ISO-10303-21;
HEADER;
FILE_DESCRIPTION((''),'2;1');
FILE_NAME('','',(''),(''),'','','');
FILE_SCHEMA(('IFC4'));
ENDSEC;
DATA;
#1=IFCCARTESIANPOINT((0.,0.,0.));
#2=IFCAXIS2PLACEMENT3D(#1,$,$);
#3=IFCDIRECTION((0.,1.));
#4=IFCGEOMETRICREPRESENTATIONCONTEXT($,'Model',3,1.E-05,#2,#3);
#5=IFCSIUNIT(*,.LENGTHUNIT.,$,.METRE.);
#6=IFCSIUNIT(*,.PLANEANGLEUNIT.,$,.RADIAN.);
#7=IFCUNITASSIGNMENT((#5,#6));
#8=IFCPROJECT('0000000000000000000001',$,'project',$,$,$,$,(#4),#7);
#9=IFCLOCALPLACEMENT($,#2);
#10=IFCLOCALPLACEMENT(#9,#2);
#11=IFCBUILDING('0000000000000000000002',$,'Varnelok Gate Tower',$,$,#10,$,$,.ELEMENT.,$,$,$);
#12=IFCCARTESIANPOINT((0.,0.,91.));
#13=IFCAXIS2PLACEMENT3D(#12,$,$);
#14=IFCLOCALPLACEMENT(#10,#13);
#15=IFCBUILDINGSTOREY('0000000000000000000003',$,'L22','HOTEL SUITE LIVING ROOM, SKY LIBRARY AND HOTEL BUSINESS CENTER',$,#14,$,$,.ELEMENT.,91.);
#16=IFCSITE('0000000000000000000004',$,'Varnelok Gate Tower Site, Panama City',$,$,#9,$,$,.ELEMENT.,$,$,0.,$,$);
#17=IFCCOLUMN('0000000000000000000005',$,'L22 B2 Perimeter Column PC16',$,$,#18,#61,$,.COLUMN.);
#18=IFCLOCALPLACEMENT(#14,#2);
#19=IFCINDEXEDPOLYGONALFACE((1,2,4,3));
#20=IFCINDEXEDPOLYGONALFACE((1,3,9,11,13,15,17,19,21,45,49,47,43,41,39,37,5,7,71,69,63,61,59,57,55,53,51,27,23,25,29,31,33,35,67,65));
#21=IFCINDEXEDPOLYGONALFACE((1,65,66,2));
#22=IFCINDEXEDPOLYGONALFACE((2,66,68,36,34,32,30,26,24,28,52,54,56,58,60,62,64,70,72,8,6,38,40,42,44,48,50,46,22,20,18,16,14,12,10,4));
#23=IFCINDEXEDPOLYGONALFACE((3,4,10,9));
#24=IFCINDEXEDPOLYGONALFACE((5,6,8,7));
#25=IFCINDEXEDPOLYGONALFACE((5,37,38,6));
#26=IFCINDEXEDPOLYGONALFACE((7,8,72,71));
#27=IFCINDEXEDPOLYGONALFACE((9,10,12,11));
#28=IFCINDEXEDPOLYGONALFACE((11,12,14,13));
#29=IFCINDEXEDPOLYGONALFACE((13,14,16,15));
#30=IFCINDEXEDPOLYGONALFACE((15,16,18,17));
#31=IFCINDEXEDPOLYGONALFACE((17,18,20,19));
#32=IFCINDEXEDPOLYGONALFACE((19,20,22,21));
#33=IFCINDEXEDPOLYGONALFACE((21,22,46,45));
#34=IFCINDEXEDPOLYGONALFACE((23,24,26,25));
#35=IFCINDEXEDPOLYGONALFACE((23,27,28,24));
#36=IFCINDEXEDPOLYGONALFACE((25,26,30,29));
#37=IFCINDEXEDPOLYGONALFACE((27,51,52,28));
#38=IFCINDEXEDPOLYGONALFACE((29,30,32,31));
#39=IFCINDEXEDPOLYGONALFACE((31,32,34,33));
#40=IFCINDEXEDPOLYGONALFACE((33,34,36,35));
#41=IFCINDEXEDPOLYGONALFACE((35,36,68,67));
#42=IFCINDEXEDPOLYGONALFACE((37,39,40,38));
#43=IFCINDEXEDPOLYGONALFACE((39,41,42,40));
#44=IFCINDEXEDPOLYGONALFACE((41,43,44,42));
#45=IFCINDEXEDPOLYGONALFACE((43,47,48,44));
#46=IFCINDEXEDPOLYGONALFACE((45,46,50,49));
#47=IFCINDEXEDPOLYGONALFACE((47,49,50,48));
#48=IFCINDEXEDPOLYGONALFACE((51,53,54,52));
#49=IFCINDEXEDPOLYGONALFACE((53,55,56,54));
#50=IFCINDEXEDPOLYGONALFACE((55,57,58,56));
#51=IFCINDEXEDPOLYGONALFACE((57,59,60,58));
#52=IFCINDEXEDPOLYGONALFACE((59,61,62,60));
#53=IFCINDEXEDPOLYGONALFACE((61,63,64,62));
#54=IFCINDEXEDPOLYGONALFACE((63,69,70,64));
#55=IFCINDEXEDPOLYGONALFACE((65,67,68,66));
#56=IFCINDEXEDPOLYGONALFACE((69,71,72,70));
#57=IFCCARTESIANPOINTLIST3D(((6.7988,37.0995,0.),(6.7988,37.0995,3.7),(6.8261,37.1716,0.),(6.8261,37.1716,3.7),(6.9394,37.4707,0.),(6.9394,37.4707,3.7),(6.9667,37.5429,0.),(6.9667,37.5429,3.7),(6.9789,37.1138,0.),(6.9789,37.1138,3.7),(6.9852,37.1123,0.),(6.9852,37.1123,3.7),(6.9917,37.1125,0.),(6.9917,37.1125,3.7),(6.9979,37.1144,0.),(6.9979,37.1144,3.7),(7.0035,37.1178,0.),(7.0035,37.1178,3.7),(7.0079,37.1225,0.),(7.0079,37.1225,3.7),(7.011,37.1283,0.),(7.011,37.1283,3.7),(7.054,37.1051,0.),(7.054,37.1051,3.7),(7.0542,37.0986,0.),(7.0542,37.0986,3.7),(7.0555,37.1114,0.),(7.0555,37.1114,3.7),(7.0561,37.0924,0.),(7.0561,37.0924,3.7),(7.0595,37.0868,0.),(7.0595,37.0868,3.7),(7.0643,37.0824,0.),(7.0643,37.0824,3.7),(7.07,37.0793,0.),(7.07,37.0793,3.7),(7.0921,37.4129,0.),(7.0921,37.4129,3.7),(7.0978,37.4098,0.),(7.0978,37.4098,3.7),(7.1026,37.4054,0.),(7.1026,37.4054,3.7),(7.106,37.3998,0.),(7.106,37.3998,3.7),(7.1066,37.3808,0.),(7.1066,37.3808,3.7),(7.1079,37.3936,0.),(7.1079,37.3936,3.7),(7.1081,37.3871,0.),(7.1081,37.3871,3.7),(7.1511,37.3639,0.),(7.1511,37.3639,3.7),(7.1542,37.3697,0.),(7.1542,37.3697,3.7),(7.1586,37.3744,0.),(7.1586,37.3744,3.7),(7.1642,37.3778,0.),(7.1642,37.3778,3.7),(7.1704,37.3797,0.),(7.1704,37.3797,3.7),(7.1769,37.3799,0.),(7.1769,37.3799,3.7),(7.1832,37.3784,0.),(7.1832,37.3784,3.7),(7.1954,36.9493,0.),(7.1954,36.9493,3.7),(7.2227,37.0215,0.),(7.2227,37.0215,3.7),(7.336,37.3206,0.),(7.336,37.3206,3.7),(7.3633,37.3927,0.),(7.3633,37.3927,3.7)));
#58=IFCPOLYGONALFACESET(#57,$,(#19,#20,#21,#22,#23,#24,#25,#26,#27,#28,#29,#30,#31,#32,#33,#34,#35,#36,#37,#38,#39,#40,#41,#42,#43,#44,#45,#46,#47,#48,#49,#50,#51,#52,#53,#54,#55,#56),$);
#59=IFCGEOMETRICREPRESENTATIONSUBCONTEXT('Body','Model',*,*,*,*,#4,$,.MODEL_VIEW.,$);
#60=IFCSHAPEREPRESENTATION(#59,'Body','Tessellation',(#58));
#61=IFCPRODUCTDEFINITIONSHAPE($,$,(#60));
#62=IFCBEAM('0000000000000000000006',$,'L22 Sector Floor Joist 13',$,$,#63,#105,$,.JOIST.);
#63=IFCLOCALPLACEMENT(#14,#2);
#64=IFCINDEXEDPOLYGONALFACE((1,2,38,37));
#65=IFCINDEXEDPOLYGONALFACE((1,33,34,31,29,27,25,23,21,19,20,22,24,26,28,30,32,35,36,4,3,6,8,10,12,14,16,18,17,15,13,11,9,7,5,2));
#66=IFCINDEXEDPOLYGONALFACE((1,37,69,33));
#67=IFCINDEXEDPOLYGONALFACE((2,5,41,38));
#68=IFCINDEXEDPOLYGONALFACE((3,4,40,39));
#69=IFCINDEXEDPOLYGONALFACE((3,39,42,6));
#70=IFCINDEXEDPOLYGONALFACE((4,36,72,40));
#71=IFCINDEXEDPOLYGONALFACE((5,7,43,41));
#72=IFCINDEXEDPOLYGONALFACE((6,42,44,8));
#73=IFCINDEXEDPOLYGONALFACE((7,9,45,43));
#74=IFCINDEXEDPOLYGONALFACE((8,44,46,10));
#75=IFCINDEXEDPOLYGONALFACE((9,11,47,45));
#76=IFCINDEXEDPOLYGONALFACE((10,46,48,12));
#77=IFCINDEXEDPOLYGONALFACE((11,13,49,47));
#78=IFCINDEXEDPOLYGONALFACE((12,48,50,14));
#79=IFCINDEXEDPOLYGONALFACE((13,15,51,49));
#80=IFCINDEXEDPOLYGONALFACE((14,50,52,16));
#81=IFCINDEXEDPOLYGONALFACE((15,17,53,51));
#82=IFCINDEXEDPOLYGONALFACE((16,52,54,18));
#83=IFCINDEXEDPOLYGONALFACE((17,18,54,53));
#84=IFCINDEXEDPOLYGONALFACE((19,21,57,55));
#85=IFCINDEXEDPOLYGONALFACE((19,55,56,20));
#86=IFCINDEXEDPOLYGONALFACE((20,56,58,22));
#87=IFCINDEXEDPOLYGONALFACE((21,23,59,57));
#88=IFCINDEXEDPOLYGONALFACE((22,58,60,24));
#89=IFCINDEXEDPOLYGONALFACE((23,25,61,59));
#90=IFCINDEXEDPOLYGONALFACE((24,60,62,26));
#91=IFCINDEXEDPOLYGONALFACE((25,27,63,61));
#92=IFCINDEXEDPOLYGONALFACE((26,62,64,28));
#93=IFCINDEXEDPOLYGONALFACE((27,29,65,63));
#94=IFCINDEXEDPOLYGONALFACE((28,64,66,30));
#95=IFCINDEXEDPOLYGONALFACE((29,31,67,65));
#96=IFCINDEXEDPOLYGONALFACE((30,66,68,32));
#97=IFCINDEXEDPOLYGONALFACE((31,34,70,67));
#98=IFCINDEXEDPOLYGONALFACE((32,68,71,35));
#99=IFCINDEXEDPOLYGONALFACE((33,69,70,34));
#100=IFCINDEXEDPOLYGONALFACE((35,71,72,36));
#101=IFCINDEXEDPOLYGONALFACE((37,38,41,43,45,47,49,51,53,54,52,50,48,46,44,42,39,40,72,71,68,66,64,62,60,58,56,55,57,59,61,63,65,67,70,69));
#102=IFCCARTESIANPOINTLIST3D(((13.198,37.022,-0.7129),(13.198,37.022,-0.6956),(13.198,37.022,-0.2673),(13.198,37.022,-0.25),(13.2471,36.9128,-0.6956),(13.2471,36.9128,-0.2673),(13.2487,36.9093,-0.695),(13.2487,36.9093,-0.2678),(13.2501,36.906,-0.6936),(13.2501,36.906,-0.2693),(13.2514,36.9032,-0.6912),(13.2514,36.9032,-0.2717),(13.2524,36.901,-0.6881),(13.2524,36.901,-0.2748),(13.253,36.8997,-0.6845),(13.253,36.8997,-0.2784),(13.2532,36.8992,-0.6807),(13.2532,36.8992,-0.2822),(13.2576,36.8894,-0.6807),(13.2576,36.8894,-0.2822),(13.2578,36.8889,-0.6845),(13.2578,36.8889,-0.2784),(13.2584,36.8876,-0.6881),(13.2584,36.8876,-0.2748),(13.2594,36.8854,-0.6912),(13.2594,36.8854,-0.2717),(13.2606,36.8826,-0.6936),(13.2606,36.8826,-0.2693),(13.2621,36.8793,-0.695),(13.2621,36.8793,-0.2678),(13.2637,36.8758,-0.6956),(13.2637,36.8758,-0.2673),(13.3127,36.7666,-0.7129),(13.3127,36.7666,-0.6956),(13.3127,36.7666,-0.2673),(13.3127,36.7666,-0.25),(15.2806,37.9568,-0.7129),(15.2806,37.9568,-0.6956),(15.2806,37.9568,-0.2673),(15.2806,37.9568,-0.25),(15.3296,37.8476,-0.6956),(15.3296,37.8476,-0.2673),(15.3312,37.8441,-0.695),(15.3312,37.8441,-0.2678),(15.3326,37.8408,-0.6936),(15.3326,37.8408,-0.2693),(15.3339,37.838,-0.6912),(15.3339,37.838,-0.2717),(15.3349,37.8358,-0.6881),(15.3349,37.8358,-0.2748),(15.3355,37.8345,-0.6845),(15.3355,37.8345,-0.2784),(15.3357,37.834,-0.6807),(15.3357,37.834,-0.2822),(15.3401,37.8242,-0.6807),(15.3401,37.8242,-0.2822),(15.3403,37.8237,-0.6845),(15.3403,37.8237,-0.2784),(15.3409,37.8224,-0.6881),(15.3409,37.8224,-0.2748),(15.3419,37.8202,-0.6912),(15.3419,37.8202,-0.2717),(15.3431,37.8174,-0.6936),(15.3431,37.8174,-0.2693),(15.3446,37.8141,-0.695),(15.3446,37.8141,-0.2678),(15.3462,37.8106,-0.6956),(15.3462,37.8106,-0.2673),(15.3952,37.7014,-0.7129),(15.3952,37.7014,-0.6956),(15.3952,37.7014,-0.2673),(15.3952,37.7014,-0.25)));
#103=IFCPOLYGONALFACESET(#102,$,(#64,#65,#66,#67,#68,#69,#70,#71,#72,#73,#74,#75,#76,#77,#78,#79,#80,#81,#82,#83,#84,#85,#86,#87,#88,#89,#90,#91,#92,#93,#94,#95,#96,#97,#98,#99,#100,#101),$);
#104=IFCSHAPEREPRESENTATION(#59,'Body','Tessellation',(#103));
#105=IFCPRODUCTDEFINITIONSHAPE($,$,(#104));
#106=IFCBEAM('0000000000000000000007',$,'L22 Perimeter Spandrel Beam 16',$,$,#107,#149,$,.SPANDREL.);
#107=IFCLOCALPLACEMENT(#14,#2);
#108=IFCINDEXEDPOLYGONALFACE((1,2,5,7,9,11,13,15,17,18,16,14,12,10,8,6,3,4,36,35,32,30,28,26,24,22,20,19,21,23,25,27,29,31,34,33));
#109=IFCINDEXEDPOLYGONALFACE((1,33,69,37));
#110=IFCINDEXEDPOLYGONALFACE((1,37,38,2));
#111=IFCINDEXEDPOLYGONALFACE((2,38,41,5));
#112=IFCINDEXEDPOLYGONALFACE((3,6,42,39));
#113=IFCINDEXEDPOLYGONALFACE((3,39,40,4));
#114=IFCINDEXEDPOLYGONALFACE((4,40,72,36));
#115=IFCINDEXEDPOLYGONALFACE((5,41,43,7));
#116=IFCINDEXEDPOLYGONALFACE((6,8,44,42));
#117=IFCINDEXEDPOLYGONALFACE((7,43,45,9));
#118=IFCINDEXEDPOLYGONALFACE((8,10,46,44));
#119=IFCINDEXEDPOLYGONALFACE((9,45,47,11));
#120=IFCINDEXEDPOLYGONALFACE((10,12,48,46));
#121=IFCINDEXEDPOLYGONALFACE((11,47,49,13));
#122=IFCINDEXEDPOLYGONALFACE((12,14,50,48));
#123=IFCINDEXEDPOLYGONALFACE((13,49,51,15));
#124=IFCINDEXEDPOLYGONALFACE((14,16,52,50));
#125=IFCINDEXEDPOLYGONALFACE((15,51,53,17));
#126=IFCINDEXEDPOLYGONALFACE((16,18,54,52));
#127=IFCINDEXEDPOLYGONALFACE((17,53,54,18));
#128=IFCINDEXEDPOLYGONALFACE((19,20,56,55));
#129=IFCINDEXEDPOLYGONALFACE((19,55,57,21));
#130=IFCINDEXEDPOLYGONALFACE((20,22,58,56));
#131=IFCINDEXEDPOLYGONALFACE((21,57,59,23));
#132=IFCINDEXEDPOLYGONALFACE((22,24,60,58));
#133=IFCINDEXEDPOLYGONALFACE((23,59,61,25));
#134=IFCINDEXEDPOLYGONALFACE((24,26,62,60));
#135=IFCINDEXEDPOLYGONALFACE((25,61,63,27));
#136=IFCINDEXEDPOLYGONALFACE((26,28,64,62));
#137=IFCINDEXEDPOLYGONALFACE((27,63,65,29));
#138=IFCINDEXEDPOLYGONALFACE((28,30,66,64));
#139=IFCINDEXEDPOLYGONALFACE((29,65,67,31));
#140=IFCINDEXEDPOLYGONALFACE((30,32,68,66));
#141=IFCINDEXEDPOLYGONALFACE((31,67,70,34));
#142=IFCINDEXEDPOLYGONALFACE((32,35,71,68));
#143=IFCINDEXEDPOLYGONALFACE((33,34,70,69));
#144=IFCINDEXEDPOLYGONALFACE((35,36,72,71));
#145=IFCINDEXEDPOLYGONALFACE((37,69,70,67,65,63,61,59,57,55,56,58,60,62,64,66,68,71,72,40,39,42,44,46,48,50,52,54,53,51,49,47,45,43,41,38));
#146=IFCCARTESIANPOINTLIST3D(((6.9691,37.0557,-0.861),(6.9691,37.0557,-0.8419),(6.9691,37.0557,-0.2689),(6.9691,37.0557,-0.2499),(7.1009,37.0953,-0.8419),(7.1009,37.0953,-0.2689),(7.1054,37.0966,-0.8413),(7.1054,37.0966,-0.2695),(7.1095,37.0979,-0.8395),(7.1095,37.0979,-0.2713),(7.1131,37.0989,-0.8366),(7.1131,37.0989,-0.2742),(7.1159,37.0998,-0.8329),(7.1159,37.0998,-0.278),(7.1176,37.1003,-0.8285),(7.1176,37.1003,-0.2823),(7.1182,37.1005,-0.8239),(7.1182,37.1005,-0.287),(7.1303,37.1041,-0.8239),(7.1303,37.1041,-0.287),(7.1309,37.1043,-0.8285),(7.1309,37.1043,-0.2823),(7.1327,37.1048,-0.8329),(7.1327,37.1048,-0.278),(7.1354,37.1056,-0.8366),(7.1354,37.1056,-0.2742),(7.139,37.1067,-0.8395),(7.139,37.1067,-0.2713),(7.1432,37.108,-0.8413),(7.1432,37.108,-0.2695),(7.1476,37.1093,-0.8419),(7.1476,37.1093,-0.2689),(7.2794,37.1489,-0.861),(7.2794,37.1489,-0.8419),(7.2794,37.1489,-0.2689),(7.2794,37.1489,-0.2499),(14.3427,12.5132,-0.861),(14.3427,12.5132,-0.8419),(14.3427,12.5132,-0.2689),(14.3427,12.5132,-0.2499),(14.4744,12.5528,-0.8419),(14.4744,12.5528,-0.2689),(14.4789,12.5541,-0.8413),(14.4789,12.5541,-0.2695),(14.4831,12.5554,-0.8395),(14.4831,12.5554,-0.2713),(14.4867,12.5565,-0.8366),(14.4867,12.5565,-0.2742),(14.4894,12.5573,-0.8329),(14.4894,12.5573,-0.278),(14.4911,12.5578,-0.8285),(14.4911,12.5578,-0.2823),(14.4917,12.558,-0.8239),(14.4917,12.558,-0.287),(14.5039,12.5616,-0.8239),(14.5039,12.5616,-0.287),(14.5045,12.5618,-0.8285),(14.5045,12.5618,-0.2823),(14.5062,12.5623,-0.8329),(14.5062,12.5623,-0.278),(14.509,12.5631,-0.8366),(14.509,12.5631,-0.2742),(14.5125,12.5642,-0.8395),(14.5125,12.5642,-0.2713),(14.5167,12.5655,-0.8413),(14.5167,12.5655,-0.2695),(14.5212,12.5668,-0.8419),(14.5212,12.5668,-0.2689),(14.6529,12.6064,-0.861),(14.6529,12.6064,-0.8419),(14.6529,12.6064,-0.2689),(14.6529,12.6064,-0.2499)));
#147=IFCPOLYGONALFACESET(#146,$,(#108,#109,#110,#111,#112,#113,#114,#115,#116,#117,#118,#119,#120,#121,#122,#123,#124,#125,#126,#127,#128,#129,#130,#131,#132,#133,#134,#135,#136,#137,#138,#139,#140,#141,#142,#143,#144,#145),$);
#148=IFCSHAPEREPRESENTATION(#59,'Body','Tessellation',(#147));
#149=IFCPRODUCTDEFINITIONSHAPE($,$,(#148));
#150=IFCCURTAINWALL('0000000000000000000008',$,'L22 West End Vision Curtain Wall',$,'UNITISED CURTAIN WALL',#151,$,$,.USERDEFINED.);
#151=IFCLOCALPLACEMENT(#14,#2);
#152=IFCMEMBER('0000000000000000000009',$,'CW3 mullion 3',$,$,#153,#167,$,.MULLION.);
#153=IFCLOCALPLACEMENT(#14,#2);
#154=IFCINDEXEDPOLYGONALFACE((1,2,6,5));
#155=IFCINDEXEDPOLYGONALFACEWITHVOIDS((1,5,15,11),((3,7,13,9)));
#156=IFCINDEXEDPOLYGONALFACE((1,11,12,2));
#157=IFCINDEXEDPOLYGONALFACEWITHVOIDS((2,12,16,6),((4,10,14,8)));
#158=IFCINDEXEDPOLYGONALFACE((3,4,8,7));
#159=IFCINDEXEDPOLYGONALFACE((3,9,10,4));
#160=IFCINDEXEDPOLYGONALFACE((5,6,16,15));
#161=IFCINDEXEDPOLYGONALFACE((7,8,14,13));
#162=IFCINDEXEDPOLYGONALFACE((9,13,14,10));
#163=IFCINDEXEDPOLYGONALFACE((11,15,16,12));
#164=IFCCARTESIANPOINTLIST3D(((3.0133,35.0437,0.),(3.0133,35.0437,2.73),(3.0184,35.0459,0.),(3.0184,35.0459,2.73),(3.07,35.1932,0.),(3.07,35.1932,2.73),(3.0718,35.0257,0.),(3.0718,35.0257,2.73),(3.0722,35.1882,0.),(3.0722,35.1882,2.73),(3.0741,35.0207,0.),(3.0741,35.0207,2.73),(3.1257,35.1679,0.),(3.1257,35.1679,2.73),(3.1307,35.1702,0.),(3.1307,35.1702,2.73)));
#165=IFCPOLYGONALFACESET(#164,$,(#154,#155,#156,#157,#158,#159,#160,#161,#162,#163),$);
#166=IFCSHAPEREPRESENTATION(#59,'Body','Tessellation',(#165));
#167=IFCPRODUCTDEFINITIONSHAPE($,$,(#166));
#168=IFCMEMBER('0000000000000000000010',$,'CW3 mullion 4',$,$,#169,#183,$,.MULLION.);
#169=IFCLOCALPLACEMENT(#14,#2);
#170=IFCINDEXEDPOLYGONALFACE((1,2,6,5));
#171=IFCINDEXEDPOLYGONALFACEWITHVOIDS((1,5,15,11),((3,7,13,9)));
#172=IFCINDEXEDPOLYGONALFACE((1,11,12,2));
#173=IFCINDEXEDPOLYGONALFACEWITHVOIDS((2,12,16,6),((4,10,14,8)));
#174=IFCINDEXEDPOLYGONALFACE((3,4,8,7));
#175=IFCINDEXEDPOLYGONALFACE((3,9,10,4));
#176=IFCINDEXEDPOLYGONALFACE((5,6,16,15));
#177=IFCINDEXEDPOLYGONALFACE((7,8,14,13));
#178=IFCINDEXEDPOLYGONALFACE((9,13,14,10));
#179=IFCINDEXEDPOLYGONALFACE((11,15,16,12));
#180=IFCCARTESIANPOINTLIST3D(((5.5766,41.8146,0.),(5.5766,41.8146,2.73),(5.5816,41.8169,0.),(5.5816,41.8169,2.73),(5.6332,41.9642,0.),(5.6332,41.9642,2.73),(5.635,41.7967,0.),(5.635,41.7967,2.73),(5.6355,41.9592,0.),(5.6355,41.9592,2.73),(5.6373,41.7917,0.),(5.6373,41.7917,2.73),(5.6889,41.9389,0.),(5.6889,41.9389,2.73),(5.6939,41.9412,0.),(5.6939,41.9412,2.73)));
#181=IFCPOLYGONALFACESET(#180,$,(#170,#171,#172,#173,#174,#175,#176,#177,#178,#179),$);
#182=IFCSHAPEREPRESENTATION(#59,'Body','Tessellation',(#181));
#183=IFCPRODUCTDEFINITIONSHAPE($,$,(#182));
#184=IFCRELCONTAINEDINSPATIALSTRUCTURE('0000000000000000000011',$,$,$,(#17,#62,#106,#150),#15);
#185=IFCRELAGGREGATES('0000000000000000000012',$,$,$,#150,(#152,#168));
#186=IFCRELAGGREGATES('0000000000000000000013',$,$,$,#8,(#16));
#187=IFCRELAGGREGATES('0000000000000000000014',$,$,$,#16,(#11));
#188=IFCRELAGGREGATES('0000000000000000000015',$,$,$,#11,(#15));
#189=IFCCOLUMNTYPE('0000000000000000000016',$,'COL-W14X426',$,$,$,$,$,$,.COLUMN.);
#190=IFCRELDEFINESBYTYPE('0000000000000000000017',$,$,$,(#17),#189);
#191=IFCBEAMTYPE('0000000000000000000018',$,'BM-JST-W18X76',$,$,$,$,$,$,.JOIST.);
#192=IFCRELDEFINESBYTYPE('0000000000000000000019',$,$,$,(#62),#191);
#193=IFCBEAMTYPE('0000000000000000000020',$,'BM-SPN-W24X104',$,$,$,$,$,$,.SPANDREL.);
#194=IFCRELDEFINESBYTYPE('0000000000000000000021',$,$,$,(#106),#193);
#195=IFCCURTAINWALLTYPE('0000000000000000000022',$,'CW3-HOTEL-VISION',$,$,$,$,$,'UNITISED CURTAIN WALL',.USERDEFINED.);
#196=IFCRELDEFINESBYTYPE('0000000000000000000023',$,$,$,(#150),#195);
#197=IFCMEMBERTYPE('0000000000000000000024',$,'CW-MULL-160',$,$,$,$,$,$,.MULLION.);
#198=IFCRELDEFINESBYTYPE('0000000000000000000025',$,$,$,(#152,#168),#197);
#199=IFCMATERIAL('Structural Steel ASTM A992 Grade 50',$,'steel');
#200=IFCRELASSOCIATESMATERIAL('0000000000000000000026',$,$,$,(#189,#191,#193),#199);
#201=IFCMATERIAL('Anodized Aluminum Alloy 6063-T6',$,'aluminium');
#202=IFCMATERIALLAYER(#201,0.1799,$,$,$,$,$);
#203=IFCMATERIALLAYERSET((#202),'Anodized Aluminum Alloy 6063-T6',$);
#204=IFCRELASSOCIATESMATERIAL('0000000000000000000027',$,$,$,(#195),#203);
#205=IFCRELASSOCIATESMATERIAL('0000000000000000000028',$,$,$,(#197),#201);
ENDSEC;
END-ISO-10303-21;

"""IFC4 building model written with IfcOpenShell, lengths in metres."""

from ifc_helpers import new_model, si_unit, direction, frame, origin, origin_2d, place, context, subcontext, project, spatial, hollow_rectangle, i_section, extrude, material, layer, layer_set, material_profile, profile_set, type_object, element, aggregate, save


model = new_model("IFC4")

# Units and contexts
model_context = context("Model", 3, precision=1e-05, world=origin(), true_north=direction((0.0, 1.0)))
body_context = subcontext(model_context, "Body", "Model", "MODEL_VIEW")
ifc_project = project(units=[si_unit("LENGTHUNIT", "METRE"), si_unit("PLANEANGLEUNIT", "RADIAN")], contexts=[model_context])

# Site, building, storey
site_placement = place(None, origin())
site = spatial("IfcSite", under=ifc_project, at=site_placement, Name="Varnelok Gate Tower Site, Panama City", CompositionType="ELEMENT", RefElevation=0.0)
building_placement = place(site_placement, origin())
building = spatial("IfcBuilding", under=site, at=building_placement, Name="Varnelok Gate Tower", CompositionType="ELEMENT")
storey_placement = place(building_placement, frame((0.0, 0.0, 91.0)))
storey = spatial("IfcBuildingStorey", under=building, at=storey_placement, Name="L22", Description="HOTEL SUITE LIVING ROOM, SKY LIBRARY AND HOTEL BUSINESS CENTER", CompositionType="ELEMENT", Elevation=91.0)

# Column
ifc_material_1 = material(Name="Structural Steel ASTM A992 Grade 50", Category="steel")
ifc_material_profile_1 = material_profile(ifc_material_1, i_section(OverallWidth=0.4241, OverallDepth=0.4741, WebThickness=0.0476, FlangeThickness=0.0771, FilletRadius=0.0249, at=origin_2d()), Name="W14X426")
ifc_profile_set_1 = profile_set([ifc_material_profile_1], Name="Structural Steel ASTM A992 Grade 50")
column_type = type_object("IfcColumnType", Name="COL-W14X426", PredefinedType="COLUMN", material=ifc_profile_set_1)
column_placement = place(storey_placement, frame((7.0811, 37.2461, 0.0), z_axis=(0.0, 0.0, 1.0), x_axis=(0.935222, -0.354063, 0.0)))
element("IfcColumn", 1, at=column_placement, inside=storey, type_object=column_type, Name="L22 B2 Perimeter Column PC16", PredefinedType="COLUMN", context=body_context, shape_type="SweptSolid", body=[
    extrude(i_section(OverallWidth=0.4241, OverallDepth=0.4741, WebThickness=0.0476, FlangeThickness=0.0771, FilletRadius=0.0249, at=origin_2d()), origin(), (0.0, 0.0, 1.0), 3.7),
])

# Beams
ifc_material_profile_2 = material_profile(ifc_material_1, i_section(OverallWidth=0.28, OverallDepth=0.4629, WebThickness=0.0107, FlangeThickness=0.0173, FilletRadius=0.0149, at=origin_2d()), Name="W18X76")
ifc_profile_set_2 = profile_set([ifc_material_profile_2], Name="Structural Steel ASTM A992 Grade 50")
beam_type_1 = type_object("IfcBeamType", Name="BM-JST-W18X76", PredefinedType="JOIST", material=ifc_profile_set_2)
beam_1_placement = place(storey_placement, frame((13.2554, 36.8943, -0.4814), z_axis=(0.912301, 0.40952, 0.0), x_axis=(-0.40952, 0.912301, 0.0)))
element("IfcBeam", 2, at=beam_1_placement, inside=storey, type_object=beam_type_1, Name="L22 Sector Floor Joist 13", PredefinedType="JOIST", context=body_context, shape_type="SweptSolid", body=[
    extrude(i_section(OverallWidth=0.28, OverallDepth=0.4629, WebThickness=0.0107, FlangeThickness=0.0173, FilletRadius=0.0149, at=origin_2d()), origin(), (0.0, 0.0, 1.0), 2.2827),
])
ifc_material_profile_3 = material_profile(ifc_material_1, i_section(OverallWidth=0.324, OverallDepth=0.6111, WebThickness=0.0127, FlangeThickness=0.019, FilletRadius=0.0181, at=origin_2d()), Name="W24X104")
ifc_profile_set_3 = profile_set([ifc_material_profile_3], Name="Structural Steel ASTM A992 Grade 50")
beam_type_2 = type_object("IfcBeamType", Name="BM-SPN-W24X104", PredefinedType="SPANDREL", material=ifc_profile_set_3)
beam_2_placement = place(storey_placement, frame((7.1243, 37.1023, -0.5554), z_axis=(0.287734, -0.95771, 0.0), x_axis=(0.95771, 0.287734, 0.0)))
element("IfcBeam", 3, at=beam_2_placement, inside=storey, type_object=beam_type_2, Name="L22 Perimeter Spandrel Beam 16", PredefinedType="SPANDREL", context=body_context, shape_type="SweptSolid", body=[
    extrude(i_section(OverallWidth=0.324, OverallDepth=0.6111, WebThickness=0.0127, FlangeThickness=0.019, FilletRadius=0.0181, at=origin_2d()), origin(), (0.0, 0.0, 1.0), 25.6262),
])

# Curtain wall, members
ifc_material_2 = material(Name="Anodized Aluminum Alloy 6063-T6", Category="aluminium")
ifc_layer_1 = layer(ifc_material_2, 0.1799)
ifc_layer_set_1 = layer_set([ifc_layer_1], Name="Anodized Aluminum Alloy 6063-T6")
curtain_wall_type = type_object("IfcCurtainWallType", Name="CW3-HOTEL-VISION", ElementType="UNITISED CURTAIN WALL", PredefinedType="USERDEFINED", material=ifc_layer_set_1)
curtain_wall_placement = place(storey_placement, origin())
curtain_wall = element("IfcCurtainWall", 4, at=curtain_wall_placement, inside=storey, type_object=curtain_wall_type, Name="L22 West End Vision Curtain Wall", ObjectType="UNITISED CURTAIN WALL", PredefinedType="USERDEFINED")
ifc_material_profile_4 = material_profile(ifc_material_2, hollow_rectangle(XDim=0.0649, YDim=0.1599, WallThickness=0.0039, at=origin_2d()), Name="ALU160X65X4")
ifc_profile_set_4 = profile_set([ifc_material_profile_4], Name="Anodized Aluminum Alloy 6063-T6")
member_type_1 = type_object("IfcMemberType", Name="CW-MULL-160", PredefinedType="MULLION", material=ifc_profile_set_4)
member_1_placement = place(storey_placement, frame((3.072, 35.1069, 0.0), z_axis=(0.0, 0.0, 1.0), x_axis=(-0.935221, 0.354064, 0.0)))
member_1 = element("IfcMember", 5, at=member_1_placement, type_object=member_type_1, Name="CW3 mullion 3", PredefinedType="MULLION", context=body_context, shape_type="SweptSolid", body=[
    extrude(hollow_rectangle(XDim=0.0649, YDim=0.1599, WallThickness=0.0039, at=origin_2d()), origin(), (0.0, 0.0, 1.0), 2.73),
])
member_2_placement = place(storey_placement, frame((5.6353, 41.8779, 0.0), z_axis=(0.0, 0.0, 1.0), x_axis=(-0.935221, 0.354064, 0.0)))
member_2 = element("IfcMember", 6, at=member_2_placement, type_object=member_type_1, Name="CW3 mullion 4", PredefinedType="MULLION", context=body_context, shape_type="SweptSolid", body=[
    extrude(hollow_rectangle(XDim=0.0649, YDim=0.1599, WallThickness=0.0039, at=origin_2d()), origin(), (0.0, 0.0, 1.0), 2.73),
])
aggregate(curtain_wall, [member_1, member_2])

save(model, "model.ifc")
